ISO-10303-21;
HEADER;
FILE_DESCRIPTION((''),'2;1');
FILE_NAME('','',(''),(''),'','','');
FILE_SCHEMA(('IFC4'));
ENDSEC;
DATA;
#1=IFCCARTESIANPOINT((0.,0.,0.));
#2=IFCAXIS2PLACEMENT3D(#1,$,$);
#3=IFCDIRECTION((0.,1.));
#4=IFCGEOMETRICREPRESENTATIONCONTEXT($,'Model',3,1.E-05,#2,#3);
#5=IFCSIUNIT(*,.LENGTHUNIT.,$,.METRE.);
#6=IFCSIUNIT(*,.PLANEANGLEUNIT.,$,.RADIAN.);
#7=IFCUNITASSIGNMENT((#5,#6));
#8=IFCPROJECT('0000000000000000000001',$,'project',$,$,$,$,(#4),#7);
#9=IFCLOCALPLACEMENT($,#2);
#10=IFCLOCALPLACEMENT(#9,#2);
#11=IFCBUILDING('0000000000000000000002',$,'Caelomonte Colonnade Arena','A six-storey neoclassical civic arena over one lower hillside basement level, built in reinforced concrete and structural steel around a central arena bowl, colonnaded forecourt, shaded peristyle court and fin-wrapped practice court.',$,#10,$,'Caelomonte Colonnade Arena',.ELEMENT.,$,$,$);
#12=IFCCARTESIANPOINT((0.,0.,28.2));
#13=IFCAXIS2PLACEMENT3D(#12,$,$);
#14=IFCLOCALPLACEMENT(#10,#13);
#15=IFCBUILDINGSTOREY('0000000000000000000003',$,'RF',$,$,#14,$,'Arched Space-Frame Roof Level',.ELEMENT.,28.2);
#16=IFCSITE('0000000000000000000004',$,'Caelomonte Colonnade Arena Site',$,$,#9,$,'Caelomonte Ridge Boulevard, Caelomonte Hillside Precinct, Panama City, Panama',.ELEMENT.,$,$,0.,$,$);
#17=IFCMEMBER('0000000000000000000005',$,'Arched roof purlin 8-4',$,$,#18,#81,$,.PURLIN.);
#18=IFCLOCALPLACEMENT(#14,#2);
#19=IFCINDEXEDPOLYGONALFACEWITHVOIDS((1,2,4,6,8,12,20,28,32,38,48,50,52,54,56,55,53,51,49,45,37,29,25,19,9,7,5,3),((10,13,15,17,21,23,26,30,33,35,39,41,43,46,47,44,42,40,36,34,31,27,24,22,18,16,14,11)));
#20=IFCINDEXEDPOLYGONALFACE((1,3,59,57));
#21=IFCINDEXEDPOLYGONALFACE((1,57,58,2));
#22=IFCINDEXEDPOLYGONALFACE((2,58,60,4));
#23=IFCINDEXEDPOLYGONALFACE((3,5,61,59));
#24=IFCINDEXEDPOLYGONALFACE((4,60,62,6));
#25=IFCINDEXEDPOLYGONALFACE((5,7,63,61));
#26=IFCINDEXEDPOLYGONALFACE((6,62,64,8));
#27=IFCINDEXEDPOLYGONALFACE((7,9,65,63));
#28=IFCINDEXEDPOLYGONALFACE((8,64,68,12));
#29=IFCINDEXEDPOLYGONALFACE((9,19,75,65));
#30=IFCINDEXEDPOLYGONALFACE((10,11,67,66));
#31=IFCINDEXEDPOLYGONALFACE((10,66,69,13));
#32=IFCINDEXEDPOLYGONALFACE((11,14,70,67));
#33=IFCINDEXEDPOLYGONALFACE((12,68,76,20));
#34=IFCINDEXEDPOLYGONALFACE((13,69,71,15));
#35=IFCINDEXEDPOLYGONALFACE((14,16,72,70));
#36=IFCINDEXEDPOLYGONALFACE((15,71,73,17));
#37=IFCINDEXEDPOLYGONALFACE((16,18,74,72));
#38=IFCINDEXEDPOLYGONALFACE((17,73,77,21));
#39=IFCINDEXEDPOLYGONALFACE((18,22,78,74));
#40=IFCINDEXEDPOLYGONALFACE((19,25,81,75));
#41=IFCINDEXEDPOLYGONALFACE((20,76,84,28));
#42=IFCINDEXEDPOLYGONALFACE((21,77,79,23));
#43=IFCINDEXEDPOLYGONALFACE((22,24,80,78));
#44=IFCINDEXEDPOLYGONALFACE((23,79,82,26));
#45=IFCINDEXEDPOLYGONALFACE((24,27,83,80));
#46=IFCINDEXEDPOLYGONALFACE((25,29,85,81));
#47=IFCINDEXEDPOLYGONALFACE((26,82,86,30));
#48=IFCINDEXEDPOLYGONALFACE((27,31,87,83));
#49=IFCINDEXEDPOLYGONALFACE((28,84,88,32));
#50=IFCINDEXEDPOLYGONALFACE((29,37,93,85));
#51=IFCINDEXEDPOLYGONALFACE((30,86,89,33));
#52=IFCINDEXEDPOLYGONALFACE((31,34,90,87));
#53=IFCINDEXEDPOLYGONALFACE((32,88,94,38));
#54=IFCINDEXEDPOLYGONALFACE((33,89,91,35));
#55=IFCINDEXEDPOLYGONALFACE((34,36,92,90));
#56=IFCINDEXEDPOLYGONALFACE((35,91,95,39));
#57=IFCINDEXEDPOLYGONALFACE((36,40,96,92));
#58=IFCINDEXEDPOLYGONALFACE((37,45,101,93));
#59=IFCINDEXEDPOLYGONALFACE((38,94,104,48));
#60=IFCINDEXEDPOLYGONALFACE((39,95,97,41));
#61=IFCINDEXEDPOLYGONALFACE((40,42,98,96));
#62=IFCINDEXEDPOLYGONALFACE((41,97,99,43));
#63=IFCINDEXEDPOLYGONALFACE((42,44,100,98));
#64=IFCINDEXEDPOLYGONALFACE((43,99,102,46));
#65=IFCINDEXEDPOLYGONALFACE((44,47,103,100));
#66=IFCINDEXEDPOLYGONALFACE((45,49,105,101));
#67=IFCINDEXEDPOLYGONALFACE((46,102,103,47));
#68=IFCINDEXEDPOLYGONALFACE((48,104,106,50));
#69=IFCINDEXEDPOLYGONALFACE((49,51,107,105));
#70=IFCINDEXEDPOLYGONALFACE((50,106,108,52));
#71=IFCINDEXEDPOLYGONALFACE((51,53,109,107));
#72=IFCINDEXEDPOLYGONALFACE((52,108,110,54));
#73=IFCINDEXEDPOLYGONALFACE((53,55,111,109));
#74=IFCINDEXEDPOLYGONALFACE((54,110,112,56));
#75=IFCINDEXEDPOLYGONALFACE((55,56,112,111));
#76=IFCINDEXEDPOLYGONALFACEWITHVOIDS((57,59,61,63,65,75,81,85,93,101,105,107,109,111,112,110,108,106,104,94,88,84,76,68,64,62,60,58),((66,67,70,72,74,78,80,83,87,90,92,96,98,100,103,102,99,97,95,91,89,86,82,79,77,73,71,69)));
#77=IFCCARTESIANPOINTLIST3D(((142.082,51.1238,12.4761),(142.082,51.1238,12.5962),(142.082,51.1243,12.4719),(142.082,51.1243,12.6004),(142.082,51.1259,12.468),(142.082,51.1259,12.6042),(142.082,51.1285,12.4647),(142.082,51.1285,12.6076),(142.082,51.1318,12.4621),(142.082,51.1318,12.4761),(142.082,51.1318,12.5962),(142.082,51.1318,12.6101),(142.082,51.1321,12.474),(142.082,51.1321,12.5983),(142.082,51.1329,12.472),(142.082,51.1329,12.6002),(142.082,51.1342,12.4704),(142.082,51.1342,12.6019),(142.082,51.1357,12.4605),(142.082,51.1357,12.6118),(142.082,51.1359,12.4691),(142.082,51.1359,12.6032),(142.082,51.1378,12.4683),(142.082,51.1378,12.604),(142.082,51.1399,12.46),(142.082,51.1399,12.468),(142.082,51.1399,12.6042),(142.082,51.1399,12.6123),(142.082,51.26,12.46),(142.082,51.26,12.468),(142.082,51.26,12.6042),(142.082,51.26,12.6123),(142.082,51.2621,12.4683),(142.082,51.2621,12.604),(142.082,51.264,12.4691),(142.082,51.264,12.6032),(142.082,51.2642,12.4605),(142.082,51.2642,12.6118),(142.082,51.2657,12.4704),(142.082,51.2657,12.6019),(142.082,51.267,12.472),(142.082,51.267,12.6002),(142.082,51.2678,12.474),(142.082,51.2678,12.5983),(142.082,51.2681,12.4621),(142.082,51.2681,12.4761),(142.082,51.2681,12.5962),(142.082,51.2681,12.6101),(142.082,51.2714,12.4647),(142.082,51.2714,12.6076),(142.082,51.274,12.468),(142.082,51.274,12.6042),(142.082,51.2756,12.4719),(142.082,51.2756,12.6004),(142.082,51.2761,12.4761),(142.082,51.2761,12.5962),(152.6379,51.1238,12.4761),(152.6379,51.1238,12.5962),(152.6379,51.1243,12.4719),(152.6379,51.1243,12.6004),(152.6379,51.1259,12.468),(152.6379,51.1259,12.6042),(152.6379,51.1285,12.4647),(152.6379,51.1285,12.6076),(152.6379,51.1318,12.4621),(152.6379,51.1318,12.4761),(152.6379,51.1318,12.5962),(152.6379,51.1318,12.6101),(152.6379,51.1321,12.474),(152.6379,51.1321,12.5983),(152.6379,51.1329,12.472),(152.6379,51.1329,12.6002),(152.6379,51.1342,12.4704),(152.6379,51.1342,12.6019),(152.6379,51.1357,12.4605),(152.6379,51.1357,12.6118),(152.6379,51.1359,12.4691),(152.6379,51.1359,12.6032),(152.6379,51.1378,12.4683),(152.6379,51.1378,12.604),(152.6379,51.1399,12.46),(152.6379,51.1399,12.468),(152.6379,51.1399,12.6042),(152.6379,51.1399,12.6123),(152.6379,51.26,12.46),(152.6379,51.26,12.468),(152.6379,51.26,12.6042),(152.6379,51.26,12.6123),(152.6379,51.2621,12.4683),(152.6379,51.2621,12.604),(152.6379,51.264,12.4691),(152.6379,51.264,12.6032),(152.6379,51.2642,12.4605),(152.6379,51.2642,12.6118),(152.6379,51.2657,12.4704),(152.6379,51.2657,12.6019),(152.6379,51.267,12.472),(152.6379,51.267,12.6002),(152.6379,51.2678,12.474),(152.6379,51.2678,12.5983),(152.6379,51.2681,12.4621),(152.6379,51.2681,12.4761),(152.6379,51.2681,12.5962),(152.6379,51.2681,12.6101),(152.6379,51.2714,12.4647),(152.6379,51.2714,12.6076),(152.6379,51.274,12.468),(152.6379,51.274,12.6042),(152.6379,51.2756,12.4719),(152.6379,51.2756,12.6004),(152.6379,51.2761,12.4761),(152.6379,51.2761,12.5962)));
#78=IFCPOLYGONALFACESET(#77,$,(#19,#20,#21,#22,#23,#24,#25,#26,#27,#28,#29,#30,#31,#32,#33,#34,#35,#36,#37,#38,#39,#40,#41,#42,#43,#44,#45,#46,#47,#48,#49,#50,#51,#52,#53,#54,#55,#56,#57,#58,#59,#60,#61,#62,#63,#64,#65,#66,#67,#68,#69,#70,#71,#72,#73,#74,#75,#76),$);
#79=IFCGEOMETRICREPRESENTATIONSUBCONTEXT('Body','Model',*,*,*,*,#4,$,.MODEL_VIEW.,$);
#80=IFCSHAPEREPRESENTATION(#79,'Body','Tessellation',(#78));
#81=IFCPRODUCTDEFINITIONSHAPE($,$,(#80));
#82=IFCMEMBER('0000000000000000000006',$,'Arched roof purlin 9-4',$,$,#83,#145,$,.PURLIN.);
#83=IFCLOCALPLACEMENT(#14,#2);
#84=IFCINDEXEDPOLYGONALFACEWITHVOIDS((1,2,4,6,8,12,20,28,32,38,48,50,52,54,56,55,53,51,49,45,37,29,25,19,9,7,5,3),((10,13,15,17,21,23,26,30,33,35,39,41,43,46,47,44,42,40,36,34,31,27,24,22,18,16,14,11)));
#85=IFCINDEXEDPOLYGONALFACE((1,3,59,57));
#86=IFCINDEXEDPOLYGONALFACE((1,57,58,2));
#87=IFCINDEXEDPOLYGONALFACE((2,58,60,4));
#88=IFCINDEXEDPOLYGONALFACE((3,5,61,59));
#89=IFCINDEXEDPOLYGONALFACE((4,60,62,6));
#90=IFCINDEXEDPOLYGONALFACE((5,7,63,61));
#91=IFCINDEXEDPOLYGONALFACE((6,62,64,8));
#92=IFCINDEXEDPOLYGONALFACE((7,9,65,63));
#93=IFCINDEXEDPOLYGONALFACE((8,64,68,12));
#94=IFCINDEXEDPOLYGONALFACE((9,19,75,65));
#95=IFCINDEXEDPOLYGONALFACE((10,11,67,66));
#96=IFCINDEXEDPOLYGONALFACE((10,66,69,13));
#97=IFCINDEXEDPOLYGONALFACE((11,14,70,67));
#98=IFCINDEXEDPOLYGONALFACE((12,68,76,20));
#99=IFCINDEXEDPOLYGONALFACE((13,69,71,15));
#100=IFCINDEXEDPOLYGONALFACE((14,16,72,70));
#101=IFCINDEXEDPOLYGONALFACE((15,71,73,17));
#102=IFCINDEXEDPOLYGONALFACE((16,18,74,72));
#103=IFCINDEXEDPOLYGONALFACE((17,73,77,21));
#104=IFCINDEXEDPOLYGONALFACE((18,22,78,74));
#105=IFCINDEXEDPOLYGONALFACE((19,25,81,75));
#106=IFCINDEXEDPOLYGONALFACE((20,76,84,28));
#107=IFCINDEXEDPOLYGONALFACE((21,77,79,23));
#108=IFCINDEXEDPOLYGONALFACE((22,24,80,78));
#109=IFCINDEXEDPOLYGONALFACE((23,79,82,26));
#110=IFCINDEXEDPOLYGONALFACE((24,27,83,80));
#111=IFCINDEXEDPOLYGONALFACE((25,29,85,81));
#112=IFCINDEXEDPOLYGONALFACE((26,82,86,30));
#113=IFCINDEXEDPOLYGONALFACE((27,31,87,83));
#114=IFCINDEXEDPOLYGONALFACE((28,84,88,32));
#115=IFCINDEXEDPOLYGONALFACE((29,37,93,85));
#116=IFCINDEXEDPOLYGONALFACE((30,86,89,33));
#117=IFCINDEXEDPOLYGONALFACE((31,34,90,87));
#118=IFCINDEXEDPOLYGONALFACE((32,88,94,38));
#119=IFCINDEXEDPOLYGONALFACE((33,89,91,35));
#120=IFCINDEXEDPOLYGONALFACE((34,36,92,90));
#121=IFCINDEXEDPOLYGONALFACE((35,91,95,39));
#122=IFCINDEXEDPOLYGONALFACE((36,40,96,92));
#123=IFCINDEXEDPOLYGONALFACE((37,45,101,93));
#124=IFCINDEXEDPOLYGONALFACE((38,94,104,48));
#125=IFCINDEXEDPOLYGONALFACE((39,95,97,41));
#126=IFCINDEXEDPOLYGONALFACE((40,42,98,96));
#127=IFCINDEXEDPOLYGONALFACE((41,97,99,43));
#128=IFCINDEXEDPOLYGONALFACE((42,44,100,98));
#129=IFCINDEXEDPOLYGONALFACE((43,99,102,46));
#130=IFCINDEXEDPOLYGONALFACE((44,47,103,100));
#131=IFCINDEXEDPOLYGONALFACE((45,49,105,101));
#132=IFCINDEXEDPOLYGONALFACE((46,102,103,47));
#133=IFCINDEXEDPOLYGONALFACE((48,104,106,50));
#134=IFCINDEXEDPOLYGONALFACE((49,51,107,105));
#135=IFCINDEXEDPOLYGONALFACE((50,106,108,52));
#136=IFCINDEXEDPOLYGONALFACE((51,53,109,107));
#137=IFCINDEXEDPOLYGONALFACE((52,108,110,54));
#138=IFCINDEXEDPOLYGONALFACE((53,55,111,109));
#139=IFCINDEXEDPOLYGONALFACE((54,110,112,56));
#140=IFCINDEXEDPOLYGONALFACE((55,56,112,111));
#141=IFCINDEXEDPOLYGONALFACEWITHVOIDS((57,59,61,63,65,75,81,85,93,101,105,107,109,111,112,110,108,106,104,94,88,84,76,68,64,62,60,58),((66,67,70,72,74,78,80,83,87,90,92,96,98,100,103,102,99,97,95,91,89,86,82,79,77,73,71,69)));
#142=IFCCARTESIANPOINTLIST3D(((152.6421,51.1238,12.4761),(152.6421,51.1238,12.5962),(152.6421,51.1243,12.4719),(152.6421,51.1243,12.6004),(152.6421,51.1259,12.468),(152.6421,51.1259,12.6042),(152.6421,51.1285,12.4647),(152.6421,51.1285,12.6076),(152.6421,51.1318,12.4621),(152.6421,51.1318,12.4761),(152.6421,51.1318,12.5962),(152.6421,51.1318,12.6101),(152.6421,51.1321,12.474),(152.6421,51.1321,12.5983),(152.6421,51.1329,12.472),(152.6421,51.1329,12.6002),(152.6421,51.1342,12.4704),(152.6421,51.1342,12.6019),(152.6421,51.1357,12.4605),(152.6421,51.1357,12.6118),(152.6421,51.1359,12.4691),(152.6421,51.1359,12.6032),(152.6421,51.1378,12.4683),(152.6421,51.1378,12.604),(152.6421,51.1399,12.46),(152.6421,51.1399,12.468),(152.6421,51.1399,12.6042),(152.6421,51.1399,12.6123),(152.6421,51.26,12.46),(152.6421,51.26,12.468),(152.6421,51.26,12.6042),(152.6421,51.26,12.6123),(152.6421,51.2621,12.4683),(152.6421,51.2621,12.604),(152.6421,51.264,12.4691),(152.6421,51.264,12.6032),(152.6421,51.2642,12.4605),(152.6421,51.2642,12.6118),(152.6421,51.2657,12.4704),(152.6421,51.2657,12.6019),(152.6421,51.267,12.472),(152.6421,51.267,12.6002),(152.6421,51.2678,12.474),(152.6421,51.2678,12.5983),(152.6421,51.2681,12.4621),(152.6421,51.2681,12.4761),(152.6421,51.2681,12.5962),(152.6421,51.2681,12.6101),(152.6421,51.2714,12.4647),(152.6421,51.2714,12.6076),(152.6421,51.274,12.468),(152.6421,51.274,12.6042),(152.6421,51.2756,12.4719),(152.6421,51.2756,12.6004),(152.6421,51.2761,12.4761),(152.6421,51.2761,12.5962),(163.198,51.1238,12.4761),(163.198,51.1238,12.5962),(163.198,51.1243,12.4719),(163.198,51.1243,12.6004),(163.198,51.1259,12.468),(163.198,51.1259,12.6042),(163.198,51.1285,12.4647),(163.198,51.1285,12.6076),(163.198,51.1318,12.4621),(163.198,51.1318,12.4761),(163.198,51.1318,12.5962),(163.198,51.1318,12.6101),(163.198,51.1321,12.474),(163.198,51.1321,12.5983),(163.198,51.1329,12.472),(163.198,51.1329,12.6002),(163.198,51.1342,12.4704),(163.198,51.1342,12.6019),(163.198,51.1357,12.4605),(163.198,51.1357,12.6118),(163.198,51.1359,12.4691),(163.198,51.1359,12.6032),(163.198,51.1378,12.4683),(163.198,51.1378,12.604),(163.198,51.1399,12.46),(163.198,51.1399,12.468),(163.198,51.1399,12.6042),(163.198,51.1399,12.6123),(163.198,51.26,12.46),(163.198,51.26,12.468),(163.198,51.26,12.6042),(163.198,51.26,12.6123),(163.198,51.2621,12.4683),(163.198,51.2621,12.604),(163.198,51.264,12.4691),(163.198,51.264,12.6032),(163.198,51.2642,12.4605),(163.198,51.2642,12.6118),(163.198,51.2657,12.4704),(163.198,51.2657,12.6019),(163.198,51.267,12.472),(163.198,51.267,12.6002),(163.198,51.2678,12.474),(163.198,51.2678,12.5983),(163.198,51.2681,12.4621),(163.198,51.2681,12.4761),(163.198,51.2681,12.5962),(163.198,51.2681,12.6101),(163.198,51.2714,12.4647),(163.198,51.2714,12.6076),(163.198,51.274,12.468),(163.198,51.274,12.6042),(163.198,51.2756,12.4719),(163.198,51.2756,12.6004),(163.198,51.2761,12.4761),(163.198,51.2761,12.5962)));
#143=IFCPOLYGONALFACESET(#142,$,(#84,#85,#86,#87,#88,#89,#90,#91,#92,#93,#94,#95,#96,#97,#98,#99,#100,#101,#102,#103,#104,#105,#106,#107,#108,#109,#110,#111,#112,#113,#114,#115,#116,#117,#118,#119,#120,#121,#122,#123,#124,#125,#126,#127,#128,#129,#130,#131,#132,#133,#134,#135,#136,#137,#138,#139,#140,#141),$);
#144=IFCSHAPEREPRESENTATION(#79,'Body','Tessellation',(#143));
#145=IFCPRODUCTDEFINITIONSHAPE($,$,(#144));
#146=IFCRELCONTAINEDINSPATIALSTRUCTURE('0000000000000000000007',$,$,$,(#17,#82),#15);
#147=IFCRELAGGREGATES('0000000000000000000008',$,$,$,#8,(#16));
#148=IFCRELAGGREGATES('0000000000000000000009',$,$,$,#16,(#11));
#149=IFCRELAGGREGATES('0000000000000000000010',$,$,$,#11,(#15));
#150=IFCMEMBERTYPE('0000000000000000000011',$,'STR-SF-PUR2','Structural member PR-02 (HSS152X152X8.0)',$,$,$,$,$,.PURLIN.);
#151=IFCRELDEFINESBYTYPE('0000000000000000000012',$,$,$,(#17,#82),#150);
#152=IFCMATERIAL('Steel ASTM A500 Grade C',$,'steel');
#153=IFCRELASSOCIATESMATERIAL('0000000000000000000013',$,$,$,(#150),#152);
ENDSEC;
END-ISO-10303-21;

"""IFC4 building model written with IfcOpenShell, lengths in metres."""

from ifc_helpers import new_model, si_unit, direction, frame, origin, origin_2d, place, context, subcontext, project, spatial, hollow_rectangle, extrude, material, material_profile, profile_set, type_object, element, save


model = new_model("IFC4")

# Units and contexts
model_context = context("Model", 3, precision=1e-05, world=origin(), true_north=direction((0.0, 1.0)))
body_context = subcontext(model_context, "Body", "Model", "MODEL_VIEW")
ifc_project = project(units=[si_unit("LENGTHUNIT", "METRE"), si_unit("PLANEANGLEUNIT", "RADIAN")], contexts=[model_context])

# Site, building, storey
site_placement = place(None, origin())
site = spatial("IfcSite", under=ifc_project, at=site_placement, Name="Caelomonte Colonnade Arena Site", LongName="Caelomonte Ridge Boulevard, Caelomonte Hillside Precinct, Panama City, Panama", CompositionType="ELEMENT", RefElevation=0.0)
building_placement = place(site_placement, origin())
building = spatial("IfcBuilding", under=site, at=building_placement, Name="Caelomonte Colonnade Arena", Description="A six-storey neoclassical civic arena over one lower hillside basement level, built in reinforced concrete and structural steel around a central arena bowl, colonnaded forecourt, shaded peristyle court and fin-wrapped practice court.", LongName="Caelomonte Colonnade Arena", CompositionType="ELEMENT")
storey_placement = place(building_placement, frame((0.0, 0.0, 28.2)))
storey = spatial("IfcBuildingStorey", under=building, at=storey_placement, Name="RF", LongName="Arched Space-Frame Roof Level", CompositionType="ELEMENT", Elevation=28.2)

# Members
ifc_material_1 = material(Name="Steel ASTM A500 Grade C", Category="steel")
ifc_material_profile_1 = material_profile(ifc_material_1, hollow_rectangle(XDim=0.1523, YDim=0.1523, WallThickness=0.0081, InnerFilletRadius=0.0081, OuterFilletRadius=0.0161, at=origin_2d()), Name="HSS152X152X8.0")
ifc_profile_set_1 = profile_set([ifc_material_profile_1], Name="Steel ASTM A500 Grade C")
member_type_1 = type_object("IfcMemberType", Name="STR-SF-PUR2", Description="Structural member PR-02 (HSS152X152X8.0)", PredefinedType="PURLIN", material=ifc_profile_set_1)
for number, where, z_axis, x_axis, name in (
    (1, (142.082, 51.2, 12.5361), (1.0, 0.0, 0.0), (0.0, 1.0, 0.0), "Arched roof purlin 8-4"),
    (2, (152.6421, 51.2, 12.5361), (1.0, 0.0, 0.0), (0.0, 1.0, 0.0), "Arched roof purlin 9-4"),
):
    element("IfcMember", number, at=place(storey_placement, frame(where, z_axis=z_axis, x_axis=x_axis)), inside=storey, type_object=member_type_1, Name=name, PredefinedType="PURLIN", context=body_context, shape_type="SweptSolid", body=[
        extrude(hollow_rectangle(XDim=0.1523, YDim=0.1523, WallThickness=0.0081, InnerFilletRadius=0.0081, OuterFilletRadius=0.0161, at=origin_2d()), origin(), (0.0, 0.0, 1.0), 10.5559),
    ])

save(model, "model.ifc")
